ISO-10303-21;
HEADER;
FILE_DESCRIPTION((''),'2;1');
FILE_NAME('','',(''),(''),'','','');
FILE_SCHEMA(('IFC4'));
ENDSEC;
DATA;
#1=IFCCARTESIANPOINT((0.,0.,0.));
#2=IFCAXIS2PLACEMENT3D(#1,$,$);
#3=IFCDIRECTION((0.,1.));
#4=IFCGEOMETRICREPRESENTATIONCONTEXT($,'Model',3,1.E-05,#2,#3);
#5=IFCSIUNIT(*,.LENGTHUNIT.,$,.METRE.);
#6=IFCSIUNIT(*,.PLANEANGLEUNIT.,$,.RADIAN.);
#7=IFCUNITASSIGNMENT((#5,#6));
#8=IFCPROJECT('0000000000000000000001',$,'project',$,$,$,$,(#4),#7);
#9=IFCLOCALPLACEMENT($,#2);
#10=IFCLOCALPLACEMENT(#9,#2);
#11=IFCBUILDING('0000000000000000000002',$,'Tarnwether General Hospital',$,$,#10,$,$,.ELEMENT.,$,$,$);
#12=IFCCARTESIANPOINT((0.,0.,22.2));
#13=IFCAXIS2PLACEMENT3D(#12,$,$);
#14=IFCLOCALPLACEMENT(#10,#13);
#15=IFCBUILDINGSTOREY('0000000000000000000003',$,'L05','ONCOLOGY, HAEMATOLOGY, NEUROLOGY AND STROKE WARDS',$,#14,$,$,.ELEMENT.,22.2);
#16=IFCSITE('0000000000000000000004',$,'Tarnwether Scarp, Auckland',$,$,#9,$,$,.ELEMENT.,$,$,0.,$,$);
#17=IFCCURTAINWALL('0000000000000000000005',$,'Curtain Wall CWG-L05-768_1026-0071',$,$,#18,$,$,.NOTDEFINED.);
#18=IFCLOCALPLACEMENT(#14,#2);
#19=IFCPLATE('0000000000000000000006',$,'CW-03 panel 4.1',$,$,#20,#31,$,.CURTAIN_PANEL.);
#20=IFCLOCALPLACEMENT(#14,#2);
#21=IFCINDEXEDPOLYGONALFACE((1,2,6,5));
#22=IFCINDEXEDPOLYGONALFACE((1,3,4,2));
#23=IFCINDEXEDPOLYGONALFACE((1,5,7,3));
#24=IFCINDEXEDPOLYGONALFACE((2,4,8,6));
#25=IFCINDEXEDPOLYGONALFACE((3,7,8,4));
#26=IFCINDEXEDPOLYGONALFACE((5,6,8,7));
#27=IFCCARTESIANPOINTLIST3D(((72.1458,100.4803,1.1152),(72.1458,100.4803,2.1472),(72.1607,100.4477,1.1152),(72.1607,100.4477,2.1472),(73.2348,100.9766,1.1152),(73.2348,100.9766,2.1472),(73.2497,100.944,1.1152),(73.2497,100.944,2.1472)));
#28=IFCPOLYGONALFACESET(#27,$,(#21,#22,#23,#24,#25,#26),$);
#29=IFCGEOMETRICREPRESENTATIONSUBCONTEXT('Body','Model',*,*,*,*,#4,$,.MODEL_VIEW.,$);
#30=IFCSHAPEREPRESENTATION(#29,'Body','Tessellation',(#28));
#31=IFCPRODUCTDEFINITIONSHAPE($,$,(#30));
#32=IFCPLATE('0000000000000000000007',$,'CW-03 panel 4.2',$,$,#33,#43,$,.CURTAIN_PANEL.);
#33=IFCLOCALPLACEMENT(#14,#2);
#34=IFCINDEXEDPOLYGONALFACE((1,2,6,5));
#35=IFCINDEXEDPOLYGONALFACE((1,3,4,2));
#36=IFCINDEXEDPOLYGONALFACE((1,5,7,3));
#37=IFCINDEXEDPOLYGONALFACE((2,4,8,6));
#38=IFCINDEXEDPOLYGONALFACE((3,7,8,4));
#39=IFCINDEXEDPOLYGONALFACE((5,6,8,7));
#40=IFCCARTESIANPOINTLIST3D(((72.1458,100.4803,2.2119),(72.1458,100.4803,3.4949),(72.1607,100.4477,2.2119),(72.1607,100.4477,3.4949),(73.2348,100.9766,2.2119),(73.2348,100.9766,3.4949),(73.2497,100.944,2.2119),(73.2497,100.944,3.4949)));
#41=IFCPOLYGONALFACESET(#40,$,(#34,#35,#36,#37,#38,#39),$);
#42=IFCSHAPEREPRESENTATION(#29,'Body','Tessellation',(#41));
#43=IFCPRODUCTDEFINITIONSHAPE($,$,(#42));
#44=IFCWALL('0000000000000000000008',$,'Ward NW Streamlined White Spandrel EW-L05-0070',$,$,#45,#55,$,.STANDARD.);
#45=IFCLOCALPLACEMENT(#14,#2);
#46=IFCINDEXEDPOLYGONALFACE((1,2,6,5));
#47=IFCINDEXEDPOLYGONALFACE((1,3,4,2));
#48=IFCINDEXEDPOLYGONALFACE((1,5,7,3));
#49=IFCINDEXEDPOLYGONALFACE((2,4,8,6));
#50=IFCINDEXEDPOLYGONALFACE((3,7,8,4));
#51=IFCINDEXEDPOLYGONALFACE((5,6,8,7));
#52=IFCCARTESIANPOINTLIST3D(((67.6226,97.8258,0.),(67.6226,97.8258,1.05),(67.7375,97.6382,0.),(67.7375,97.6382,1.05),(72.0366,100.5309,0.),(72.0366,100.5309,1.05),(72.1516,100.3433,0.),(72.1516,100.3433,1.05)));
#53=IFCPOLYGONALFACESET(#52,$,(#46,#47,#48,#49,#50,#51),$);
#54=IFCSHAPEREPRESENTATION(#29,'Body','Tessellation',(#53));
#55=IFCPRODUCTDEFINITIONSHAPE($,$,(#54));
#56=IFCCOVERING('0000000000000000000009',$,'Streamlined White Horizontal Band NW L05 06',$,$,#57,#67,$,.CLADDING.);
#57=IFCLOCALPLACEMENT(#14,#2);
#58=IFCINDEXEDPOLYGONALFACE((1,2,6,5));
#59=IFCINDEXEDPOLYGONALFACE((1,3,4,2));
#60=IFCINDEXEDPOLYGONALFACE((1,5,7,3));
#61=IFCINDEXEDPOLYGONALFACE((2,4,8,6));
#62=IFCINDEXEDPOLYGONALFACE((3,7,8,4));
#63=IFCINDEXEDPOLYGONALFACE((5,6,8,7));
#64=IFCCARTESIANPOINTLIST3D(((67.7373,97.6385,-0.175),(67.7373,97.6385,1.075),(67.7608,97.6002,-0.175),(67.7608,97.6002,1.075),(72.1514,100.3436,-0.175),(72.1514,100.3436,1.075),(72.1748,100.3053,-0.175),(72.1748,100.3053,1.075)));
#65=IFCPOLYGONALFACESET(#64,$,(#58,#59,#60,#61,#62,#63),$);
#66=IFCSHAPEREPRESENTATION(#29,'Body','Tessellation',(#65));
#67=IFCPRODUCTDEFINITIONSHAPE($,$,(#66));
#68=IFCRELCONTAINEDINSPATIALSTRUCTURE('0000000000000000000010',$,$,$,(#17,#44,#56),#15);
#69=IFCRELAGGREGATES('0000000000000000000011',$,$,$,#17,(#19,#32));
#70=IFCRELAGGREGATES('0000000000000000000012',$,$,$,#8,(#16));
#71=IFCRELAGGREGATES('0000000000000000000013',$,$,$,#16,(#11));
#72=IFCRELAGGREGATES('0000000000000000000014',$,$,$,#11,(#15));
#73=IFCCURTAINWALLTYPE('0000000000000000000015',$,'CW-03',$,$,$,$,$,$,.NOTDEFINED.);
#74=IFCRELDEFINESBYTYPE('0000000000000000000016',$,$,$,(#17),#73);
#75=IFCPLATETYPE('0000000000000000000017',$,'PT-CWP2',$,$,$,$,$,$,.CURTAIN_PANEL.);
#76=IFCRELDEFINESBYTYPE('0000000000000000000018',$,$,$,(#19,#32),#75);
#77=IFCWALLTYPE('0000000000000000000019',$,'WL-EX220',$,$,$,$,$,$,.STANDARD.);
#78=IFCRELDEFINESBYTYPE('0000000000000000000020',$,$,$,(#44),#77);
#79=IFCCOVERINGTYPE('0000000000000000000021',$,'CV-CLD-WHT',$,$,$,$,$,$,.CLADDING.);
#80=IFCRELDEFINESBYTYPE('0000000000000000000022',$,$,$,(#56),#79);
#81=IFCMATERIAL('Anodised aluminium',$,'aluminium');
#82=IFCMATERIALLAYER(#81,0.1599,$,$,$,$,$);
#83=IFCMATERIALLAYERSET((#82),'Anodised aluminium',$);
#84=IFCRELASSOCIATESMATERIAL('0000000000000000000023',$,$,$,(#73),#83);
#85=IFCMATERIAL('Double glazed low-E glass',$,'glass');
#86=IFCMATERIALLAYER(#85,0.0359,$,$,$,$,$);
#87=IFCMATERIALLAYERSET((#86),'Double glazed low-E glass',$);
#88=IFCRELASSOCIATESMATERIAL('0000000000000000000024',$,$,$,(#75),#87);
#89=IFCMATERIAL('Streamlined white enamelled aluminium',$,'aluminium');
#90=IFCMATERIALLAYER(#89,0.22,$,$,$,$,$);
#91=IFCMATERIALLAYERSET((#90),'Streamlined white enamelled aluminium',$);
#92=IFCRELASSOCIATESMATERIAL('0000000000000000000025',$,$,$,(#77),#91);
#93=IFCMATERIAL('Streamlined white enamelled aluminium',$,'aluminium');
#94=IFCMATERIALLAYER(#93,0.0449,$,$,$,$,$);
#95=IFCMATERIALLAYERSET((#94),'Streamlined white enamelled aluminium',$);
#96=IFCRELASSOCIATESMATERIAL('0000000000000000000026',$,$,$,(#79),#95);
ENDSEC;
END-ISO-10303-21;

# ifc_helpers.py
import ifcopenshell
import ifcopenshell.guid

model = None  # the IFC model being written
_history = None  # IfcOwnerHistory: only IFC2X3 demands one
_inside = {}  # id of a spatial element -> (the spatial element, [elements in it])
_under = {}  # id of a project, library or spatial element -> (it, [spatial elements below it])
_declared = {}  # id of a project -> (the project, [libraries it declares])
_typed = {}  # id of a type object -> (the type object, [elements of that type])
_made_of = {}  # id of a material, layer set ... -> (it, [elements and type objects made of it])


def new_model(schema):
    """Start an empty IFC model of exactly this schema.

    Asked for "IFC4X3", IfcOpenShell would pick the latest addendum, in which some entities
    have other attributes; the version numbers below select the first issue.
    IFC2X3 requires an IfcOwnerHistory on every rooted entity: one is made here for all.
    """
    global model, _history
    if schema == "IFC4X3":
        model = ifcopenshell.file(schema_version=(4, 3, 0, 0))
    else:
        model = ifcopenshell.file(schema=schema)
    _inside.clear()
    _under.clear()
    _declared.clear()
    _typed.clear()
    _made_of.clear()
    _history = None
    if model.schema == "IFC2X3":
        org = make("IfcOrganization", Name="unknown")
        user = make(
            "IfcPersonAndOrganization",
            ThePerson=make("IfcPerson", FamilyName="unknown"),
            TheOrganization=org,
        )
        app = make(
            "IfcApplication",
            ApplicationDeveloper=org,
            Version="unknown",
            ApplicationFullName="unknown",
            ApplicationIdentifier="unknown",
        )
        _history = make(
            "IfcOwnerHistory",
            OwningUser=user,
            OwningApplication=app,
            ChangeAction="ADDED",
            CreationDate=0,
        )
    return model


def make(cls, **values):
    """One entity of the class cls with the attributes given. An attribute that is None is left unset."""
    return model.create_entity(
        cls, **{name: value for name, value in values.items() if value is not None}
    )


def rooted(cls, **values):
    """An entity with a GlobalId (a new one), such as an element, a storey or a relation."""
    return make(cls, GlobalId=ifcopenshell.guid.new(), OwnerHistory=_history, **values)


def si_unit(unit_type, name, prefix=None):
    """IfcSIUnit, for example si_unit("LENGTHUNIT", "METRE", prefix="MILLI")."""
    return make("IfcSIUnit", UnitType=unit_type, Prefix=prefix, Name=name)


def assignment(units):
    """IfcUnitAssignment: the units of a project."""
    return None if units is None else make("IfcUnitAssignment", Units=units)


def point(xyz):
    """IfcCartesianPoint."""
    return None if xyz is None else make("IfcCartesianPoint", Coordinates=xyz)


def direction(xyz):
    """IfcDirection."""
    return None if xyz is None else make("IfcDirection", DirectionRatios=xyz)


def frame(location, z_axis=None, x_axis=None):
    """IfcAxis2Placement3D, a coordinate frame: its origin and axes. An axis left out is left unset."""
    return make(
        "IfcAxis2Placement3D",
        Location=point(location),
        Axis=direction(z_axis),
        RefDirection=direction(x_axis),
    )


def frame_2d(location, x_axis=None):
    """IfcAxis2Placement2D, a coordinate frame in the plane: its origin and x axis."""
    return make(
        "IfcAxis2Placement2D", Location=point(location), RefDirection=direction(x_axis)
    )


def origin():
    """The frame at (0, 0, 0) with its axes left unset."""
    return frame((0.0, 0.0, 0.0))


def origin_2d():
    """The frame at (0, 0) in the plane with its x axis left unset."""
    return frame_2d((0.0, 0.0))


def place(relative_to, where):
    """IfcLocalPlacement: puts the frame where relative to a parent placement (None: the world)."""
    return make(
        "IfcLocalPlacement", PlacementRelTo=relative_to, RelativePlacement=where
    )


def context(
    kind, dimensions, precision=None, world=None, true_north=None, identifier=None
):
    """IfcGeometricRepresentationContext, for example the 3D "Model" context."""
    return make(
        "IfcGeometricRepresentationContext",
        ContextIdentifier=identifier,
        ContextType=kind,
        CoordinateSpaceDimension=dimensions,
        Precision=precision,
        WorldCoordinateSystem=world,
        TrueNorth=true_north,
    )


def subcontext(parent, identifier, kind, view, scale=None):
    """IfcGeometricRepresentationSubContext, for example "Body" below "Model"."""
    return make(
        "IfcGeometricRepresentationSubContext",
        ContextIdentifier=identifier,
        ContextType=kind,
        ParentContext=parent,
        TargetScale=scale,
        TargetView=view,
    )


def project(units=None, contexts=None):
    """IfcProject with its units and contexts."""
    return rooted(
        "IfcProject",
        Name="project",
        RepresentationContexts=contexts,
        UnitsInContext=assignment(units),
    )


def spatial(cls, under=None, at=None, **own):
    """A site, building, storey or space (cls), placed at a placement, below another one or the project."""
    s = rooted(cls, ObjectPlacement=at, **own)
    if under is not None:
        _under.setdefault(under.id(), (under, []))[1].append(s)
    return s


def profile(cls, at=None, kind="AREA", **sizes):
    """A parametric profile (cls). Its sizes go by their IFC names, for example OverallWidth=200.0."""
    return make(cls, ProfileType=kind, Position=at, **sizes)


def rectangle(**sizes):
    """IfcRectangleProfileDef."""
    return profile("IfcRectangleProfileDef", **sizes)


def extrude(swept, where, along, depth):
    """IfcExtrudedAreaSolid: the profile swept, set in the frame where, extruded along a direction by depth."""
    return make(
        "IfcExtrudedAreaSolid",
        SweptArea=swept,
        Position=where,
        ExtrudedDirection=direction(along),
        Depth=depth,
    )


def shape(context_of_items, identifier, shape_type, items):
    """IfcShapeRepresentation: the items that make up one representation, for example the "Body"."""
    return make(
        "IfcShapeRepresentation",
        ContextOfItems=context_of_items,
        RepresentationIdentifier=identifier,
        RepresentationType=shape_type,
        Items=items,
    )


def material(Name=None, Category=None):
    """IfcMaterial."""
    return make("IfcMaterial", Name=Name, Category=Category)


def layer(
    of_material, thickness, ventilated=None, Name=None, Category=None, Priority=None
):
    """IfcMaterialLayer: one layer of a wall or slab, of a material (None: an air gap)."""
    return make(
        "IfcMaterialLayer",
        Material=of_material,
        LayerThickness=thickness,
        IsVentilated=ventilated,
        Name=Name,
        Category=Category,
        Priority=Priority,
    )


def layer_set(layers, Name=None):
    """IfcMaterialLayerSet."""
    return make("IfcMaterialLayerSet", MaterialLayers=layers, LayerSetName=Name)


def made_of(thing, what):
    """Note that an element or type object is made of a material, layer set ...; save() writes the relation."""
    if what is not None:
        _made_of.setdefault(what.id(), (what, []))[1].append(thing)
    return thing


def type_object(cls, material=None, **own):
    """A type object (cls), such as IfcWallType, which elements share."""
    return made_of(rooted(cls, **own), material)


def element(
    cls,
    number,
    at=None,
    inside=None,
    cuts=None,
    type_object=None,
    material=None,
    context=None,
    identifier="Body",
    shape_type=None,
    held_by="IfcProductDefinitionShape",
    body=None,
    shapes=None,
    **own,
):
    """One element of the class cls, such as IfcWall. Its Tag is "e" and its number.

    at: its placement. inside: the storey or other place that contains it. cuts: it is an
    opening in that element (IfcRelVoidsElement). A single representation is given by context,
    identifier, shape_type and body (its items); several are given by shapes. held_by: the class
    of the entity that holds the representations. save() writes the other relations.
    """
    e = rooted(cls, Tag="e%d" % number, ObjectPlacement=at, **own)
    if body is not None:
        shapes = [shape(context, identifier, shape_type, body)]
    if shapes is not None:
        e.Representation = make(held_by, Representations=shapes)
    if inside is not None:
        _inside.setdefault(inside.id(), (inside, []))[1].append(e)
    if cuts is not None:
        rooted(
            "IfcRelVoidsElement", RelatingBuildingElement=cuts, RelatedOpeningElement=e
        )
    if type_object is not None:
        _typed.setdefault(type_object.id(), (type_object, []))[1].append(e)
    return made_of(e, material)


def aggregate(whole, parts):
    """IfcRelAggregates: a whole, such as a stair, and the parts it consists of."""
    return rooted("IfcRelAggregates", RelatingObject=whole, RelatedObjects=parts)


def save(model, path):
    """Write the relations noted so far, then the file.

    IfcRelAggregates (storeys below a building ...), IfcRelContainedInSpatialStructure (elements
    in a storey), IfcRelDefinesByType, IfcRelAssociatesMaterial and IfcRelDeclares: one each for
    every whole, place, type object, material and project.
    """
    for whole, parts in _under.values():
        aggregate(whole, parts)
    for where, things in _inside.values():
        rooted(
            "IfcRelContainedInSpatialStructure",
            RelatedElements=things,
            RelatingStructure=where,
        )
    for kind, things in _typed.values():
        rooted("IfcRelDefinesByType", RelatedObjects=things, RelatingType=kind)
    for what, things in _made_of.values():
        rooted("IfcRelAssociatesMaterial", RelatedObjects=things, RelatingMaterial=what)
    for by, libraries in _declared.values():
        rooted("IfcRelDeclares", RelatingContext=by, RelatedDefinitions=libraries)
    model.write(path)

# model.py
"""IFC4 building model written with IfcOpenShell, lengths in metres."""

from ifc_helpers import new_model, si_unit, direction, frame, frame_2d, origin, origin_2d, place, context, subcontext, project, spatial, rectangle, extrude, material, layer, layer_set, type_object, element, aggregate, save


model = new_model("IFC4")

# Units and contexts
model_context = context("Model", 3, precision=1e-05, world=origin(), true_north=direction((0.0, 1.0)))
body_context = subcontext(model_context, "Body", "Model", "MODEL_VIEW")
ifc_project = project(units=[si_unit("LENGTHUNIT", "METRE"), si_unit("PLANEANGLEUNIT", "RADIAN")], contexts=[model_context])

# Site, building, storey
site_placement = place(None, origin())
site = spatial("IfcSite", under=ifc_project, at=site_placement, Name="Tarnwether Scarp, Auckland", CompositionType="ELEMENT", RefElevation=0.0)
building_placement = place(site_placement, origin())
building = spatial("IfcBuilding", under=site, at=building_placement, Name="Tarnwether General Hospital", CompositionType="ELEMENT")
storey_placement = place(building_placement, frame((0.0, 0.0, 22.2)))
storey = spatial("IfcBuildingStorey", under=building, at=storey_placement, Name="L05", Description="ONCOLOGY, HAEMATOLOGY, NEUROLOGY AND STROKE WARDS", CompositionType="ELEMENT", Elevation=22.2)

# Shared definitions
ifc_material_1 = material(Name="Anodised aluminium", Category="aluminium")
ifc_layer_1 = layer(ifc_material_1, 0.1599)
ifc_layer_set_1 = layer_set([ifc_layer_1], Name="Anodised aluminium")
curtain_wall_type = type_object("IfcCurtainWallType", Name="CW-03", PredefinedType="NOTDEFINED", material=ifc_layer_set_1)

# Curtain wall
curtain_wall_1_placement = place(storey_placement, origin())
curtain_wall_1 = element("IfcCurtainWall", 1, at=curtain_wall_1_placement, inside=storey, type_object=curtain_wall_type, Name="Curtain Wall CWG-L05-768_1026-0071", PredefinedType="NOTDEFINED")

# Plates
ifc_material_2 = material(Name="Double glazed low-E glass", Category="glass")
ifc_layer_2 = layer(ifc_material_2, 0.0359)
ifc_layer_set_2 = layer_set([ifc_layer_2], Name="Double glazed low-E glass")
plate_type_1 = type_object("IfcPlateType", Name="PT-CWP2", PredefinedType="CURTAIN_PANEL", material=ifc_layer_set_2)
plate_1_placement = place(storey_placement, frame((72.6978, 100.7122, 1.1152), z_axis=(0.0, 0.0, 1.0), x_axis=(-0.909956, -0.414705, 0.0)))
plate_1 = element("IfcPlate", 2, at=plate_1_placement, type_object=plate_type_1, Name="CW-03 panel 4.1", PredefinedType="CURTAIN_PANEL", context=body_context, shape_type="SweptSolid", body=[
    extrude(rectangle(XDim=1.1968, YDim=0.0359, at=origin_2d()), origin(), (0.0, 0.0, 1.0), 1.032),
])
plate_2_placement = place(storey_placement, frame((72.6978, 100.7122, 2.2119), z_axis=(0.0, 0.0, 1.0), x_axis=(-0.909956, -0.414705, 0.0)))
plate_2 = element("IfcPlate", 3, at=plate_2_placement, type_object=plate_type_1, Name="CW-03 panel 4.2", PredefinedType="CURTAIN_PANEL", context=body_context, shape_type="SweptSolid", body=[
    extrude(rectangle(XDim=1.1968, YDim=0.0359, at=origin_2d()), origin(), (0.0, 0.0, 1.0), 1.283),
])
aggregate(curtain_wall_1, [plate_1, plate_2])

# Wall
ifc_material_3 = material(Name="Streamlined white enamelled aluminium", Category="aluminium")
ifc_layer_3 = layer(ifc_material_3, 0.22)
ifc_layer_set_3 = layer_set([ifc_layer_3], Name="Streamlined white enamelled aluminium")
wall_type = type_object("IfcWallType", Name="WL-EX220", PredefinedType="STANDARD", material=ifc_layer_set_3)
wall_placement = place(storey_placement, frame((72.094, 100.437, 0.0), z_axis=(0.0, 0.0, 1.0), x_axis=(-0.852628, -0.522518, 0.0)))
element("IfcWall", 4, at=wall_placement, inside=storey, type_object=wall_type, Name="Ward NW Streamlined White Spandrel EW-L05-0070", PredefinedType="STANDARD", context=body_context, shape_type="SweptSolid", body=[
    extrude(rectangle(XDim=5.177, YDim=0.22, at=frame_2d((2.5884, 0.0))), origin(), (0.0, 0.0, 1.0), 1.05),
])

# Covering
ifc_material_4 = material(Name="Streamlined white enamelled aluminium", Category="aluminium")
ifc_layer_4 = layer(ifc_material_4, 0.0449)
ifc_layer_set_4 = layer_set([ifc_layer_4], Name="Streamlined white enamelled aluminium")
covering_type = type_object("IfcCoveringType", Name="CV-CLD-WHT", PredefinedType="CLADDING", material=ifc_layer_set_4)
covering_placement = place(storey_placement, frame((69.9561, 98.9719, -0.175), z_axis=(0.0, 0.0, 1.0), x_axis=(-0.852631, -0.522513, 0.0)))
element("IfcCovering", 5, at=covering_placement, inside=storey, type_object=covering_type, Name="Streamlined White Horizontal Band NW L05 06", PredefinedType="CLADDING", context=body_context, shape_type="SweptSolid", body=[
    extrude(rectangle(XDim=5.177, YDim=0.0449, at=origin_2d()), origin(), (0.0, 0.0, 1.0), 1.25),
])

save(model, "model.ifc")
